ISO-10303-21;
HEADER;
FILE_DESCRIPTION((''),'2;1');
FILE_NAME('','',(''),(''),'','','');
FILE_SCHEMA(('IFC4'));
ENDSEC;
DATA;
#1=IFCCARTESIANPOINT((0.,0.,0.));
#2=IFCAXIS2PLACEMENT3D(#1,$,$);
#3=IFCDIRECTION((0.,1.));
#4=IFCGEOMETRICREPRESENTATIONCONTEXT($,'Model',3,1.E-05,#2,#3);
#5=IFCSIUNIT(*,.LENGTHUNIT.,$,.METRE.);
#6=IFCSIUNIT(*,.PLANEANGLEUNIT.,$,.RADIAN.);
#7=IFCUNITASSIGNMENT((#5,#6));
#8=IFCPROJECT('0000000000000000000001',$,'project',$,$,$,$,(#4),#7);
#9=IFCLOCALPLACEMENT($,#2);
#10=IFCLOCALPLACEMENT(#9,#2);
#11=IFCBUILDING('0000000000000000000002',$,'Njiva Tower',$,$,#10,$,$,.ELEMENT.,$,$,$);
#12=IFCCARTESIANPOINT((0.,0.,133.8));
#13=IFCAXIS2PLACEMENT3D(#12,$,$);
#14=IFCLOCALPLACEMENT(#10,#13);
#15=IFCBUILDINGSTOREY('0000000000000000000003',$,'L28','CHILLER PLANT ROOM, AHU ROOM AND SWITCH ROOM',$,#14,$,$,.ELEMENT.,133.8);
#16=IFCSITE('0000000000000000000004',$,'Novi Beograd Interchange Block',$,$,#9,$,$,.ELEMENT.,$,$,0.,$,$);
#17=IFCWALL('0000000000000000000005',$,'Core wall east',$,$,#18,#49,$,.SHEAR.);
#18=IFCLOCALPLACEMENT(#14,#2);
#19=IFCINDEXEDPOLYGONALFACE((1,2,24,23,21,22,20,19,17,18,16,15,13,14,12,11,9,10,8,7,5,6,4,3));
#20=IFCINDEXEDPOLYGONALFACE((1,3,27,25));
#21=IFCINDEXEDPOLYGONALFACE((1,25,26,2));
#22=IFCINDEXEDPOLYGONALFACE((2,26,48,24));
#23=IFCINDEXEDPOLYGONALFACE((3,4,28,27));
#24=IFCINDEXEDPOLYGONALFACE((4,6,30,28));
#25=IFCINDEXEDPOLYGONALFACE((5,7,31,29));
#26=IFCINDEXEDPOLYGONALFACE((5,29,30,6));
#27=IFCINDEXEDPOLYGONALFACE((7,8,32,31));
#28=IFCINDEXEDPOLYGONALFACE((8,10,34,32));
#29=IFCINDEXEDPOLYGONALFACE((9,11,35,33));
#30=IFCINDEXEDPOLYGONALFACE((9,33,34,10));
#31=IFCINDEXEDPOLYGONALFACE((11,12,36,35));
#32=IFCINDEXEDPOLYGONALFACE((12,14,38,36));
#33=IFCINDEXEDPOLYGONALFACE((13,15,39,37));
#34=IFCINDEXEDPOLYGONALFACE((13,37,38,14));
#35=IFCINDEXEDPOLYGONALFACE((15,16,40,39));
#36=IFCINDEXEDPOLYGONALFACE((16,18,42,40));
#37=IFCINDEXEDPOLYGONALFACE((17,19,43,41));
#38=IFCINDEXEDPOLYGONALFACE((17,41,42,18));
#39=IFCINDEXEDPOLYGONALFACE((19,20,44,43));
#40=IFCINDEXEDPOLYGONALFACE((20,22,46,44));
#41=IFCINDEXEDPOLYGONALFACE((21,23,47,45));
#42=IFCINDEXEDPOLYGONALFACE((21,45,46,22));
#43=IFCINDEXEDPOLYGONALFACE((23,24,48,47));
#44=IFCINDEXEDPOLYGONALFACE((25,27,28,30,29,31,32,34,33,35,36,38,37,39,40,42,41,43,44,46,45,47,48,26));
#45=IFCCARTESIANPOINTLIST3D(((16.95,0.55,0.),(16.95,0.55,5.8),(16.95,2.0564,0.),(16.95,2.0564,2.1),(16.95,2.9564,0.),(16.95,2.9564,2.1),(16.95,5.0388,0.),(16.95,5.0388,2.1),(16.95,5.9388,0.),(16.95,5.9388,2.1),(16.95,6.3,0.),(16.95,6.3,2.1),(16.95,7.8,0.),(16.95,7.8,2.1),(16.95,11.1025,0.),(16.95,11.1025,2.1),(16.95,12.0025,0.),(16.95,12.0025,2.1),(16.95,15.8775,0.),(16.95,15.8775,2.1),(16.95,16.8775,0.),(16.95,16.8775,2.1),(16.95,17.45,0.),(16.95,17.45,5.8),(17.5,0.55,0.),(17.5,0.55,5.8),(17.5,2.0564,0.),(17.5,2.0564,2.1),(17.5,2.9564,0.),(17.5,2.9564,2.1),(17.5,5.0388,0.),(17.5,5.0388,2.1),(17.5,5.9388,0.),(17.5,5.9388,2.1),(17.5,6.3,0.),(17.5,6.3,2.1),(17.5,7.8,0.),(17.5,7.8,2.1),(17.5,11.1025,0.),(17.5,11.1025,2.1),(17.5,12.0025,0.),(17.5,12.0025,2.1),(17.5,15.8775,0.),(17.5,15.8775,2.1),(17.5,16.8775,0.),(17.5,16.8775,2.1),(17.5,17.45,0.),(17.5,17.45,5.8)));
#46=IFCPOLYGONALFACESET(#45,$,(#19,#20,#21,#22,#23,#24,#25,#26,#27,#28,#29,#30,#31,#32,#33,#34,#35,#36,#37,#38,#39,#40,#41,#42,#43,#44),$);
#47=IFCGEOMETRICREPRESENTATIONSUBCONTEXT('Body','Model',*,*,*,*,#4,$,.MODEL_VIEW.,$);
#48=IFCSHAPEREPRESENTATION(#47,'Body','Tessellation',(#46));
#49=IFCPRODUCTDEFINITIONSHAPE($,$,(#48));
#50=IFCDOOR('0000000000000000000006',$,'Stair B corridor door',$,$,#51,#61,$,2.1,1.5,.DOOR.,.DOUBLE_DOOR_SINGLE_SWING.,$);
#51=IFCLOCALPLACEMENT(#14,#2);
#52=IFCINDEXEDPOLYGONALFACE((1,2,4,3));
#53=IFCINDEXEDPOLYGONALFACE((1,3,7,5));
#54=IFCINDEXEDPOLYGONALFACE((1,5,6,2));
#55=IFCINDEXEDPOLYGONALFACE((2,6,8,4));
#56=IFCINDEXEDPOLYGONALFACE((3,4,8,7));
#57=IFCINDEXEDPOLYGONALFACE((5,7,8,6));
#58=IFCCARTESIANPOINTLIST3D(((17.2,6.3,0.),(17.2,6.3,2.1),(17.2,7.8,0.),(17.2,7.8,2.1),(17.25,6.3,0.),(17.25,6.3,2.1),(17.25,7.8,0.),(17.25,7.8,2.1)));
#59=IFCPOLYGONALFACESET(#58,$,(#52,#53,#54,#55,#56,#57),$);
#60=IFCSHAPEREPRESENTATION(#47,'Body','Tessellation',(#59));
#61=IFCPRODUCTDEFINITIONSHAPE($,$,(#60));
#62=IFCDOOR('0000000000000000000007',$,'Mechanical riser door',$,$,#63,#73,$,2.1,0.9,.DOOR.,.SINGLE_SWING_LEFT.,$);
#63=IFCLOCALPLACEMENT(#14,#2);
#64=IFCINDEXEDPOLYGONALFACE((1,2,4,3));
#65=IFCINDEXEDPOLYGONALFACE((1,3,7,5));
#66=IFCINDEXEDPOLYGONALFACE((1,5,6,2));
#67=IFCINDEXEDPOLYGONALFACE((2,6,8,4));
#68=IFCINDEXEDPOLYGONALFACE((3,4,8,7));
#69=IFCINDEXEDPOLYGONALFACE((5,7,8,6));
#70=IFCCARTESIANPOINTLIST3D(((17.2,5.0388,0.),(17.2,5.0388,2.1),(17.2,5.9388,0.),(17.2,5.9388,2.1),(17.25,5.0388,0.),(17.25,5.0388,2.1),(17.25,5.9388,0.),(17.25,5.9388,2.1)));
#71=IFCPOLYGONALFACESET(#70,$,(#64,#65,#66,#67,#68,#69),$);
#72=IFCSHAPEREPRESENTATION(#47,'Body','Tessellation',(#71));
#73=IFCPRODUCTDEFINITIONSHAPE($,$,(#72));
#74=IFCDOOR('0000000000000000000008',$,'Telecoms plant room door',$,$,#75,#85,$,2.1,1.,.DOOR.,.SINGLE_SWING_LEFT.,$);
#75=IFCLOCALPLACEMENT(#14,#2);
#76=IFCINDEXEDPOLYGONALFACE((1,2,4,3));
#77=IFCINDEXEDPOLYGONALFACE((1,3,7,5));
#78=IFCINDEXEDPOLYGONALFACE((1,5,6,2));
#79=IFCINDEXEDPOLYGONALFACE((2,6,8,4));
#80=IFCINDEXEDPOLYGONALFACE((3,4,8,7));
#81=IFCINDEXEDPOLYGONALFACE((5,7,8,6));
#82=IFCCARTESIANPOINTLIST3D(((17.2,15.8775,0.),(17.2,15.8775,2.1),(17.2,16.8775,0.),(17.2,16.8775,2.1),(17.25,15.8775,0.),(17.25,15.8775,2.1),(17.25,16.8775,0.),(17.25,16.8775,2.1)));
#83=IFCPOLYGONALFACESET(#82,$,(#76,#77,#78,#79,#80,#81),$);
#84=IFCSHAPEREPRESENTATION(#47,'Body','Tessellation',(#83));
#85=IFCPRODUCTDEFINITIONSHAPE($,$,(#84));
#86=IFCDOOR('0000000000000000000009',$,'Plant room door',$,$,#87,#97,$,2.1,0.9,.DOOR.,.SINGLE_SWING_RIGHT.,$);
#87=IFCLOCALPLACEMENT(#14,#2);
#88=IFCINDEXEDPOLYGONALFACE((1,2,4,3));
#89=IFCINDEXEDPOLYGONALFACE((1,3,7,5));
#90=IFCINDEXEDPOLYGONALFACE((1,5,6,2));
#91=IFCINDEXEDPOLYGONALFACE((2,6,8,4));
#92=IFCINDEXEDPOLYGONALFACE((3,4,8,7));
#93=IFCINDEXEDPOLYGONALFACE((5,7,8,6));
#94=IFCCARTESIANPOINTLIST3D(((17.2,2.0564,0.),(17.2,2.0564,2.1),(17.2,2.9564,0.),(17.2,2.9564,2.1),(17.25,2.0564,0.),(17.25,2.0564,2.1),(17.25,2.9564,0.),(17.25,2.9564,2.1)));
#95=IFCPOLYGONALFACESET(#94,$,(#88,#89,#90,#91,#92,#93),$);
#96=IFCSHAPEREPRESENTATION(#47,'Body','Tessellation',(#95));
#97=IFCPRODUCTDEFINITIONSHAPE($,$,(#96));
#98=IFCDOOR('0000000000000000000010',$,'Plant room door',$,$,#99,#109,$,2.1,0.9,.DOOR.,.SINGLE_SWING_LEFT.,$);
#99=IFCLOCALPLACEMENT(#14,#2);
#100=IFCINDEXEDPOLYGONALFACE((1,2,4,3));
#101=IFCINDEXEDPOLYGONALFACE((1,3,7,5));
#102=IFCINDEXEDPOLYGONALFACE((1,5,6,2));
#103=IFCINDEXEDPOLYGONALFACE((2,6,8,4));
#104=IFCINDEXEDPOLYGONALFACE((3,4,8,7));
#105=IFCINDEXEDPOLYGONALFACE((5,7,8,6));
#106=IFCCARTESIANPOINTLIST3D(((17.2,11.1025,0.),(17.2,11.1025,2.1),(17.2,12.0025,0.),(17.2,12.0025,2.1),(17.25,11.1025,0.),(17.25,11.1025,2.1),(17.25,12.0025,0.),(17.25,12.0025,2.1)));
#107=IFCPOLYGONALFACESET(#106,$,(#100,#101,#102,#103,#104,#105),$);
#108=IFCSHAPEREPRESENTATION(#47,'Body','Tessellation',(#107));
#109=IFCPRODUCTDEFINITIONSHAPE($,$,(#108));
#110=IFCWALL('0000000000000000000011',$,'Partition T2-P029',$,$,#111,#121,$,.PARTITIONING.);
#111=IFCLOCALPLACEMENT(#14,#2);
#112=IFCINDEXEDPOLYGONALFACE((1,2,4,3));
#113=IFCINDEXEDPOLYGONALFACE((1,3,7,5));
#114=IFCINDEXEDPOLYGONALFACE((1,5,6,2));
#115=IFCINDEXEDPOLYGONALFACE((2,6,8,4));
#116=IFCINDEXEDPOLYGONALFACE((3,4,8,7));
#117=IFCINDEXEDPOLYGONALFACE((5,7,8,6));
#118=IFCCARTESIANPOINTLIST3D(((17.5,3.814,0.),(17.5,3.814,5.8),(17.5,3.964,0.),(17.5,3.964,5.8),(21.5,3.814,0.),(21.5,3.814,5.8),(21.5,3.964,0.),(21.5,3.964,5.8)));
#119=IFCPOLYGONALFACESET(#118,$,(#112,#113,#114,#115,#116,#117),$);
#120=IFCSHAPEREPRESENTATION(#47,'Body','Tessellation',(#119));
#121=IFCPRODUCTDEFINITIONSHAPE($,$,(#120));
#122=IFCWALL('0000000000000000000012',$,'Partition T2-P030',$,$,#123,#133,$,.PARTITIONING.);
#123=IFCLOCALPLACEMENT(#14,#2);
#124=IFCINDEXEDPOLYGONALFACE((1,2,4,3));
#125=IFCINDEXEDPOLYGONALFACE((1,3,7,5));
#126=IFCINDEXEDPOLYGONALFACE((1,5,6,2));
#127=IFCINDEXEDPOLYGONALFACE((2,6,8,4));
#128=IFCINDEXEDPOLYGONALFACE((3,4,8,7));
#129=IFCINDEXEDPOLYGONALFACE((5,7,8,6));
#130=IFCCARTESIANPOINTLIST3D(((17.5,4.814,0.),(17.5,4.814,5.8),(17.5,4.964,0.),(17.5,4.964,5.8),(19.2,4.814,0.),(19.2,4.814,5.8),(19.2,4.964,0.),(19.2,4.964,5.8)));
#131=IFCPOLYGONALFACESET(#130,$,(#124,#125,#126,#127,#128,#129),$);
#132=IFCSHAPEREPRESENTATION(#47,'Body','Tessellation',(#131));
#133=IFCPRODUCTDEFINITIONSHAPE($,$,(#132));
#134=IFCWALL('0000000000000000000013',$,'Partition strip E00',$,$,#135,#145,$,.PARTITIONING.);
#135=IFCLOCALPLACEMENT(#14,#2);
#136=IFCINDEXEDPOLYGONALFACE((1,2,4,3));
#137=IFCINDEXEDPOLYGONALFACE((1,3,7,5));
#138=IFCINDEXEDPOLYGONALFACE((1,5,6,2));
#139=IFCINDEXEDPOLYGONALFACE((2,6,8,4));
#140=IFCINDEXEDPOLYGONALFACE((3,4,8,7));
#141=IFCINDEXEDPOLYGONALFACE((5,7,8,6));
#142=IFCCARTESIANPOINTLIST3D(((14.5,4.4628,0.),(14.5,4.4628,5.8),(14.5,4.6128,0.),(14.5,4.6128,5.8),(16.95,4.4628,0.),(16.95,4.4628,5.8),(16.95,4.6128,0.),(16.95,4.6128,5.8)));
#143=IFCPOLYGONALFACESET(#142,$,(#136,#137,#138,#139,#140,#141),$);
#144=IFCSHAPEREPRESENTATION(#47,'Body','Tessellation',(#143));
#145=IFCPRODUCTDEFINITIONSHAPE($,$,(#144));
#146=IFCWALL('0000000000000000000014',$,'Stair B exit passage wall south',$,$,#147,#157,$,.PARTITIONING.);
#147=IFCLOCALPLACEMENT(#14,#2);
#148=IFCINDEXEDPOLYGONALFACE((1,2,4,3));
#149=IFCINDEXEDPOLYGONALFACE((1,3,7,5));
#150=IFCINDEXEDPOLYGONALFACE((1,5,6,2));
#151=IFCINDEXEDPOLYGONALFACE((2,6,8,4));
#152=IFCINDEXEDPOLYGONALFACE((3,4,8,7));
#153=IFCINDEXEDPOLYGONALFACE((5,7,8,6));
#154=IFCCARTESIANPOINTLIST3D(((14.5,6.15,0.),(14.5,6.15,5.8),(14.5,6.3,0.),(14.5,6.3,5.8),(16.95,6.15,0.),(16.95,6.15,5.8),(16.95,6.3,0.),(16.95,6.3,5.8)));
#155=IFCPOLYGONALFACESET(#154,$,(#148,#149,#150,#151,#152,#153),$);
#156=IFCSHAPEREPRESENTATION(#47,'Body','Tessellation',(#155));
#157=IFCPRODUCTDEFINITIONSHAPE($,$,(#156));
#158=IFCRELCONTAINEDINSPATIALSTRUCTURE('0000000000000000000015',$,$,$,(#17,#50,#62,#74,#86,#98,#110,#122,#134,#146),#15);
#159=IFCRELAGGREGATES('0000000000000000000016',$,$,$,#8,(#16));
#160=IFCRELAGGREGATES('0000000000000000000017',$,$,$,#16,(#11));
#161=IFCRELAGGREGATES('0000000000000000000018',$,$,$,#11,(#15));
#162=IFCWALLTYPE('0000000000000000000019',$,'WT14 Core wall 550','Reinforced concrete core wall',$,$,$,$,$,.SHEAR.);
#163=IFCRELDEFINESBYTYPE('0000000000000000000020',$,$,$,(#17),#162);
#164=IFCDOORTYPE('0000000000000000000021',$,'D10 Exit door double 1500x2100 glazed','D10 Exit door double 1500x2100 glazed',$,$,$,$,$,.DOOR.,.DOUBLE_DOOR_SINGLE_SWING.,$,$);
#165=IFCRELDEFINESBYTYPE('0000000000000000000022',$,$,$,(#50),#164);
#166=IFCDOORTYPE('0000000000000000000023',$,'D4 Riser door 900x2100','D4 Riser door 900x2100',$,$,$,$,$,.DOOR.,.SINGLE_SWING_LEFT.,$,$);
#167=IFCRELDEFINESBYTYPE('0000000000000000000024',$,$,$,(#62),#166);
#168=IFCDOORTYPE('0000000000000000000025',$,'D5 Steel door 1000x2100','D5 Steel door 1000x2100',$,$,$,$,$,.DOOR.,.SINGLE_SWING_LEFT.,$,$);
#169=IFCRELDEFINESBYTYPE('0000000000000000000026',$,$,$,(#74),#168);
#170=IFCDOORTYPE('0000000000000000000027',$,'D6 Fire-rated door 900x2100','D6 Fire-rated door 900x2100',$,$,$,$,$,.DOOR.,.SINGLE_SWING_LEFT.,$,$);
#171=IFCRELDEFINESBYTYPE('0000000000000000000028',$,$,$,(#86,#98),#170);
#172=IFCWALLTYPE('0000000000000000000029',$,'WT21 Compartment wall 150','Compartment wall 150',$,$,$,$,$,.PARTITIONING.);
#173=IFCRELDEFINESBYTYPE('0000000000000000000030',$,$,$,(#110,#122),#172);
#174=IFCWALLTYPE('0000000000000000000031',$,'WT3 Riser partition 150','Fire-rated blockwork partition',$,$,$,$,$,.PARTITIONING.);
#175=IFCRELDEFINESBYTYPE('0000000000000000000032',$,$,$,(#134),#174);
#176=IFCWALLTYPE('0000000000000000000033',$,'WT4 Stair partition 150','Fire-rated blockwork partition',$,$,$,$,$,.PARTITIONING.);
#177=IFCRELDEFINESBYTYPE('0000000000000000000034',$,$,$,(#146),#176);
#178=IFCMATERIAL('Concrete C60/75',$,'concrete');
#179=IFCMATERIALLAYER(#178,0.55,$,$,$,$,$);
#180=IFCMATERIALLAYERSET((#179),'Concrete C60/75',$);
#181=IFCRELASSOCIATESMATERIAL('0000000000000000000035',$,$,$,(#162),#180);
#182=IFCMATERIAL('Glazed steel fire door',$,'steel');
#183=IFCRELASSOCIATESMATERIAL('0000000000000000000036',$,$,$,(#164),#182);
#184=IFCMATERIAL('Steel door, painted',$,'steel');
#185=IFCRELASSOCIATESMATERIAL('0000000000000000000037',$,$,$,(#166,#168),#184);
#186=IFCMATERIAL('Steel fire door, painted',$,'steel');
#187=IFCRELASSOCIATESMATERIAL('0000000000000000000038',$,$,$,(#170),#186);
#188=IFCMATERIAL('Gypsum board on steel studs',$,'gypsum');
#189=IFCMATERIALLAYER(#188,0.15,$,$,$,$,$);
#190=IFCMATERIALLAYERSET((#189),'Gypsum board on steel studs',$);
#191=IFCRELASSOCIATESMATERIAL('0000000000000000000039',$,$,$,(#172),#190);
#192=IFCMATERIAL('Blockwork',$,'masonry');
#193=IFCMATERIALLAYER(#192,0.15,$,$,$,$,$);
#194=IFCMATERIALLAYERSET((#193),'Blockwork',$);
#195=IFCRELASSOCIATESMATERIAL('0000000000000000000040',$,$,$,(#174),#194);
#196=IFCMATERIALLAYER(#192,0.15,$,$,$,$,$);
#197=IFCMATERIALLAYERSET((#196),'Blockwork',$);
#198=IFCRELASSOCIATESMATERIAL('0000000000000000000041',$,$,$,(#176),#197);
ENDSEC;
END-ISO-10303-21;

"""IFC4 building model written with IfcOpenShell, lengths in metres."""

from ifc_helpers import new_model, si_unit, direction, frame, frame_2d, origin, place, context, subcontext, project, spatial, rectangle, extrude, material, layer, layer_set, type_object, element, fill, save


model = new_model("IFC4")

# Units and contexts
model_context = context("Model", 3, precision=1e-05, world=origin(), true_north=direction((0.0, 1.0)))
body_context = subcontext(model_context, "Body", "Model", "MODEL_VIEW")
ifc_project = project(units=[si_unit("LENGTHUNIT", "METRE"), si_unit("PLANEANGLEUNIT", "RADIAN")], contexts=[model_context])

# Site, building, storey
site_placement = place(None, origin())
site = spatial("IfcSite", under=ifc_project, at=site_placement, Name="Novi Beograd Interchange Block", CompositionType="ELEMENT", RefElevation=0.0)
building_placement = place(site_placement, origin())
building = spatial("IfcBuilding", under=site, at=building_placement, Name="Njiva Tower", CompositionType="ELEMENT")
storey_placement = place(building_placement, frame((0.0, 0.0, 133.8)))
storey = spatial("IfcBuildingStorey", under=building, at=storey_placement, Name="L28", Description="CHILLER PLANT ROOM, AHU ROOM AND SWITCH ROOM", CompositionType="ELEMENT", Elevation=133.8)

# Wall, openings, doors
ifc_material_1 = material(Name="Concrete C60/75", Category="concrete")
ifc_layer_1 = layer(ifc_material_1, 0.55)
ifc_layer_set_1 = layer_set([ifc_layer_1], Name="Concrete C60/75")
wall_type_1 = type_object("IfcWallType", Name="WT14 Core wall 550", Description="Reinforced concrete core wall", PredefinedType="SHEAR", material=ifc_layer_set_1)
wall_1_placement = place(storey_placement, frame((17.225, 0.55, 0.0), z_axis=(0.0, 0.0, 1.0), x_axis=(0.0, 1.0, 0.0)))
wall_1 = element("IfcWall", 1, at=wall_1_placement, inside=storey, type_object=wall_type_1, Name="Core wall east", PredefinedType="SHEAR", context=body_context, shape_type="SweptSolid", body=[
    extrude(rectangle(XDim=16.9, YDim=0.55, at=frame_2d((8.45, 0.0))), origin(), (0.0, 0.0, 1.0), 5.8),
])
opening_1_placement = place(wall_1_placement, frame((5.75, 0.0, 0.0)))
opening_1 = element("IfcOpeningElement", 2, at=opening_1_placement, cuts=wall_1, PredefinedType="OPENING", context=body_context, shape_type="SweptSolid", body=[
    extrude(rectangle(XDim=1.5, YDim=2.1, at=frame_2d((0.75, 1.05))), frame((0.0, 0.285, 0.0), z_axis=(0.0, -1.0, 0.0), x_axis=(1.0, 0.0, 0.0)), (0.0, 0.0, 1.0), 0.57),
])
opening_2_placement = place(wall_1_placement, frame((1.5064, 0.0, 0.0)))
opening_2 = element("IfcOpeningElement", 3, at=opening_2_placement, cuts=wall_1, PredefinedType="OPENING", context=body_context, shape_type="SweptSolid", body=[
    extrude(rectangle(XDim=0.9, YDim=2.1, at=frame_2d((0.45, 1.05))), frame((0.0, 0.285, 0.0), z_axis=(0.0, -1.0, 0.0), x_axis=(1.0, 0.0, 0.0)), (0.0, 0.0, 1.0), 0.57),
])
opening_3_placement = place(wall_1_placement, frame((4.4888, 0.0, 0.0)))
opening_3 = element("IfcOpeningElement", 4, at=opening_3_placement, cuts=wall_1, PredefinedType="OPENING", context=body_context, shape_type="SweptSolid", body=[
    extrude(rectangle(XDim=0.9, YDim=2.1, at=frame_2d((0.45, 1.05))), frame((0.0, 0.285, 0.0), z_axis=(0.0, -1.0, 0.0), x_axis=(1.0, 0.0, 0.0)), (0.0, 0.0, 1.0), 0.57),
])
opening_4_placement = place(wall_1_placement, frame((10.5525, 0.0, 0.0)))
opening_4 = element("IfcOpeningElement", 5, at=opening_4_placement, cuts=wall_1, PredefinedType="OPENING", context=body_context, shape_type="SweptSolid", body=[
    extrude(rectangle(XDim=0.9, YDim=2.1, at=frame_2d((0.45, 1.05))), frame((0.0, 0.285, 0.0), z_axis=(0.0, -1.0, 0.0), x_axis=(1.0, 0.0, 0.0)), (0.0, 0.0, 1.0), 0.57),
])
opening_5_placement = place(wall_1_placement, frame((15.3275, 0.0, 0.0)))
opening_5 = element("IfcOpeningElement", 6, at=opening_5_placement, cuts=wall_1, PredefinedType="OPENING", context=body_context, shape_type="SweptSolid", body=[
    extrude(rectangle(XDim=1.0, YDim=2.1, at=frame_2d((0.5, 1.05))), frame((0.0, 0.285, 0.0), z_axis=(0.0, -1.0, 0.0), x_axis=(1.0, 0.0, 0.0)), (0.0, 0.0, 1.0), 0.57),
])
ifc_material_2 = material(Name="Glazed steel fire door", Category="steel")
door_type_1 = type_object("IfcDoorType", Name="D10 Exit door double 1500x2100 glazed", Description="D10 Exit door double 1500x2100 glazed", OperationType="DOUBLE_DOOR_SINGLE_SWING", PredefinedType="DOOR", material=ifc_material_2)
door_1_placement = place(opening_1_placement, origin())
door_1 = element("IfcDoor", 7, at=door_1_placement, inside=storey, type_object=door_type_1, Name="Stair B corridor door", OperationType="DOUBLE_DOOR_SINGLE_SWING", OverallHeight=2.1, OverallWidth=1.5, PredefinedType="DOOR", context=body_context, shape_type="SweptSolid", body=[
    extrude(rectangle(XDim=1.5, YDim=2.1, at=frame_2d((0.75, 1.05))), frame((0.0, 0.025, 0.0), z_axis=(0.0, -1.0, 0.0), x_axis=(1.0, 0.0, 0.0)), (0.0, 0.0, 1.0), 0.05),
])
fill(opening_1, door_1)
ifc_material_3 = material(Name="Steel door, painted", Category="steel")
door_type_2 = type_object("IfcDoorType", Name="D4 Riser door 900x2100", Description="D4 Riser door 900x2100", OperationType="SINGLE_SWING_LEFT", PredefinedType="DOOR", material=ifc_material_3)
door_2_placement = place(opening_3_placement, origin())
door_2 = element("IfcDoor", 8, at=door_2_placement, inside=storey, type_object=door_type_2, Name="Mechanical riser door", OperationType="SINGLE_SWING_LEFT", OverallHeight=2.1, OverallWidth=0.9, PredefinedType="DOOR", context=body_context, shape_type="SweptSolid", body=[
    extrude(rectangle(XDim=0.9, YDim=2.1, at=frame_2d((0.45, 1.05))), frame((0.0, 0.025, 0.0), z_axis=(0.0, -1.0, 0.0), x_axis=(1.0, 0.0, 0.0)), (0.0, 0.0, 1.0), 0.05),
])
fill(opening_3, door_2)
door_type_3 = type_object("IfcDoorType", Name="D5 Steel door 1000x2100", Description="D5 Steel door 1000x2100", OperationType="SINGLE_SWING_LEFT", PredefinedType="DOOR", material=ifc_material_3)
door_3_placement = place(opening_5_placement, origin())
door_3 = element("IfcDoor", 9, at=door_3_placement, inside=storey, type_object=door_type_3, Name="Telecoms plant room door", OperationType="SINGLE_SWING_LEFT", OverallHeight=2.1, OverallWidth=1.0, PredefinedType="DOOR", context=body_context, shape_type="SweptSolid", body=[
    extrude(rectangle(XDim=1.0, YDim=2.1, at=frame_2d((0.5, 1.05))), frame((0.0, 0.025, 0.0), z_axis=(0.0, -1.0, 0.0), x_axis=(1.0, 0.0, 0.0)), (0.0, 0.0, 1.0), 0.05),
])
fill(opening_5, door_3)
ifc_material_4 = material(Name="Steel fire door, painted", Category="steel")
door_type_4 = type_object("IfcDoorType", Name="D6 Fire-rated door 900x2100", Description="D6 Fire-rated door 900x2100", OperationType="SINGLE_SWING_LEFT", PredefinedType="DOOR", material=ifc_material_4)
door_4_placement = place(opening_2_placement, origin())
door_4 = element("IfcDoor", 10, at=door_4_placement, inside=storey, type_object=door_type_4, Name="Plant room door", OperationType="SINGLE_SWING_RIGHT", OverallHeight=2.1, OverallWidth=0.9, PredefinedType="DOOR", context=body_context, shape_type="SweptSolid", body=[
    extrude(rectangle(XDim=0.9, YDim=2.1, at=frame_2d((0.45, 1.05))), frame((0.0, 0.025, 0.0), z_axis=(0.0, -1.0, 0.0), x_axis=(1.0, 0.0, 0.0)), (0.0, 0.0, 1.0), 0.05),
])
fill(opening_2, door_4)
door_5_placement = place(opening_4_placement, origin())
door_5 = element("IfcDoor", 11, at=door_5_placement, inside=storey, type_object=door_type_4, Name="Plant room door", OperationType="SINGLE_SWING_LEFT", OverallHeight=2.1, OverallWidth=0.9, PredefinedType="DOOR", context=body_context, shape_type="SweptSolid", body=[
    extrude(rectangle(XDim=0.9, YDim=2.1, at=frame_2d((0.45, 1.05))), frame((0.0, 0.025, 0.0), z_axis=(0.0, -1.0, 0.0), x_axis=(1.0, 0.0, 0.0)), (0.0, 0.0, 1.0), 0.05),
])
fill(opening_4, door_5)

# Walls
ifc_material_5 = material(Name="Gypsum board on steel studs", Category="gypsum")
ifc_layer_2 = layer(ifc_material_5, 0.15)
ifc_layer_set_2 = layer_set([ifc_layer_2], Name="Gypsum board on steel studs")
wall_type_2 = type_object("IfcWallType", Name="WT21 Compartment wall 150", Description="Compartment wall 150", PredefinedType="PARTITIONING", material=ifc_layer_set_2)
wall_2_placement = place(storey_placement, frame((17.5, 3.889, 0.0), z_axis=(0.0, 0.0, 1.0), x_axis=(1.0, 0.0, 0.0)))
element("IfcWall", 12, at=wall_2_placement, inside=storey, type_object=wall_type_2, Name="Partition T2-P029", PredefinedType="PARTITIONING", context=body_context, shape_type="SweptSolid", body=[
    extrude(rectangle(XDim=4.0, YDim=0.15, at=frame_2d((2.0, 0.0))), origin(), (0.0, 0.0, 1.0), 5.8),
])
wall_3_placement = place(storey_placement, frame((17.5, 4.889, 0.0), z_axis=(0.0, 0.0, 1.0), x_axis=(1.0, 0.0, 0.0)))
element("IfcWall", 13, at=wall_3_placement, inside=storey, type_object=wall_type_2, Name="Partition T2-P030", PredefinedType="PARTITIONING", context=body_context, shape_type="SweptSolid", body=[
    extrude(rectangle(XDim=1.7, YDim=0.15, at=frame_2d((0.85, 0.0))), origin(), (0.0, 0.0, 1.0), 5.8),
])
ifc_material_6 = material(Name="Blockwork", Category="masonry")
ifc_layer_3 = layer(ifc_material_6, 0.15)
ifc_layer_set_3 = layer_set([ifc_layer_3], Name="Blockwork")
wall_type_3 = type_object("IfcWallType", Name="WT3 Riser partition 150", Description="Fire-rated blockwork partition", PredefinedType="PARTITIONING", material=ifc_layer_set_3)
wall_4_placement = place(storey_placement, frame((14.5, 4.5378, 0.0), z_axis=(0.0, 0.0, 1.0), x_axis=(1.0, 0.0, 0.0)))
element("IfcWall", 14, at=wall_4_placement, inside=storey, type_object=wall_type_3, Name="Partition strip E00", PredefinedType="PARTITIONING", context=body_context, shape_type="SweptSolid", body=[
    extrude(rectangle(XDim=2.45, YDim=0.15, at=frame_2d((1.225, 0.0))), origin(), (0.0, 0.0, 1.0), 5.8),
])
ifc_layer_4 = layer(ifc_material_6, 0.15)
ifc_layer_set_4 = layer_set([ifc_layer_4], Name="Blockwork")
wall_type_4 = type_object("IfcWallType", Name="WT4 Stair partition 150", Description="Fire-rated blockwork partition", PredefinedType="PARTITIONING", material=ifc_layer_set_4)
wall_5_placement = place(storey_placement, frame((14.5, 6.225, 0.0), z_axis=(0.0, 0.0, 1.0), x_axis=(1.0, 0.0, 0.0)))
element("IfcWall", 15, at=wall_5_placement, inside=storey, type_object=wall_type_4, Name="Stair B exit passage wall south", PredefinedType="PARTITIONING", context=body_context, shape_type="SweptSolid", body=[
    extrude(rectangle(XDim=2.45, YDim=0.15, at=frame_2d((1.225, 0.0))), origin(), (0.0, 0.0, 1.0), 5.8),
])

save(model, "model.ifc")
